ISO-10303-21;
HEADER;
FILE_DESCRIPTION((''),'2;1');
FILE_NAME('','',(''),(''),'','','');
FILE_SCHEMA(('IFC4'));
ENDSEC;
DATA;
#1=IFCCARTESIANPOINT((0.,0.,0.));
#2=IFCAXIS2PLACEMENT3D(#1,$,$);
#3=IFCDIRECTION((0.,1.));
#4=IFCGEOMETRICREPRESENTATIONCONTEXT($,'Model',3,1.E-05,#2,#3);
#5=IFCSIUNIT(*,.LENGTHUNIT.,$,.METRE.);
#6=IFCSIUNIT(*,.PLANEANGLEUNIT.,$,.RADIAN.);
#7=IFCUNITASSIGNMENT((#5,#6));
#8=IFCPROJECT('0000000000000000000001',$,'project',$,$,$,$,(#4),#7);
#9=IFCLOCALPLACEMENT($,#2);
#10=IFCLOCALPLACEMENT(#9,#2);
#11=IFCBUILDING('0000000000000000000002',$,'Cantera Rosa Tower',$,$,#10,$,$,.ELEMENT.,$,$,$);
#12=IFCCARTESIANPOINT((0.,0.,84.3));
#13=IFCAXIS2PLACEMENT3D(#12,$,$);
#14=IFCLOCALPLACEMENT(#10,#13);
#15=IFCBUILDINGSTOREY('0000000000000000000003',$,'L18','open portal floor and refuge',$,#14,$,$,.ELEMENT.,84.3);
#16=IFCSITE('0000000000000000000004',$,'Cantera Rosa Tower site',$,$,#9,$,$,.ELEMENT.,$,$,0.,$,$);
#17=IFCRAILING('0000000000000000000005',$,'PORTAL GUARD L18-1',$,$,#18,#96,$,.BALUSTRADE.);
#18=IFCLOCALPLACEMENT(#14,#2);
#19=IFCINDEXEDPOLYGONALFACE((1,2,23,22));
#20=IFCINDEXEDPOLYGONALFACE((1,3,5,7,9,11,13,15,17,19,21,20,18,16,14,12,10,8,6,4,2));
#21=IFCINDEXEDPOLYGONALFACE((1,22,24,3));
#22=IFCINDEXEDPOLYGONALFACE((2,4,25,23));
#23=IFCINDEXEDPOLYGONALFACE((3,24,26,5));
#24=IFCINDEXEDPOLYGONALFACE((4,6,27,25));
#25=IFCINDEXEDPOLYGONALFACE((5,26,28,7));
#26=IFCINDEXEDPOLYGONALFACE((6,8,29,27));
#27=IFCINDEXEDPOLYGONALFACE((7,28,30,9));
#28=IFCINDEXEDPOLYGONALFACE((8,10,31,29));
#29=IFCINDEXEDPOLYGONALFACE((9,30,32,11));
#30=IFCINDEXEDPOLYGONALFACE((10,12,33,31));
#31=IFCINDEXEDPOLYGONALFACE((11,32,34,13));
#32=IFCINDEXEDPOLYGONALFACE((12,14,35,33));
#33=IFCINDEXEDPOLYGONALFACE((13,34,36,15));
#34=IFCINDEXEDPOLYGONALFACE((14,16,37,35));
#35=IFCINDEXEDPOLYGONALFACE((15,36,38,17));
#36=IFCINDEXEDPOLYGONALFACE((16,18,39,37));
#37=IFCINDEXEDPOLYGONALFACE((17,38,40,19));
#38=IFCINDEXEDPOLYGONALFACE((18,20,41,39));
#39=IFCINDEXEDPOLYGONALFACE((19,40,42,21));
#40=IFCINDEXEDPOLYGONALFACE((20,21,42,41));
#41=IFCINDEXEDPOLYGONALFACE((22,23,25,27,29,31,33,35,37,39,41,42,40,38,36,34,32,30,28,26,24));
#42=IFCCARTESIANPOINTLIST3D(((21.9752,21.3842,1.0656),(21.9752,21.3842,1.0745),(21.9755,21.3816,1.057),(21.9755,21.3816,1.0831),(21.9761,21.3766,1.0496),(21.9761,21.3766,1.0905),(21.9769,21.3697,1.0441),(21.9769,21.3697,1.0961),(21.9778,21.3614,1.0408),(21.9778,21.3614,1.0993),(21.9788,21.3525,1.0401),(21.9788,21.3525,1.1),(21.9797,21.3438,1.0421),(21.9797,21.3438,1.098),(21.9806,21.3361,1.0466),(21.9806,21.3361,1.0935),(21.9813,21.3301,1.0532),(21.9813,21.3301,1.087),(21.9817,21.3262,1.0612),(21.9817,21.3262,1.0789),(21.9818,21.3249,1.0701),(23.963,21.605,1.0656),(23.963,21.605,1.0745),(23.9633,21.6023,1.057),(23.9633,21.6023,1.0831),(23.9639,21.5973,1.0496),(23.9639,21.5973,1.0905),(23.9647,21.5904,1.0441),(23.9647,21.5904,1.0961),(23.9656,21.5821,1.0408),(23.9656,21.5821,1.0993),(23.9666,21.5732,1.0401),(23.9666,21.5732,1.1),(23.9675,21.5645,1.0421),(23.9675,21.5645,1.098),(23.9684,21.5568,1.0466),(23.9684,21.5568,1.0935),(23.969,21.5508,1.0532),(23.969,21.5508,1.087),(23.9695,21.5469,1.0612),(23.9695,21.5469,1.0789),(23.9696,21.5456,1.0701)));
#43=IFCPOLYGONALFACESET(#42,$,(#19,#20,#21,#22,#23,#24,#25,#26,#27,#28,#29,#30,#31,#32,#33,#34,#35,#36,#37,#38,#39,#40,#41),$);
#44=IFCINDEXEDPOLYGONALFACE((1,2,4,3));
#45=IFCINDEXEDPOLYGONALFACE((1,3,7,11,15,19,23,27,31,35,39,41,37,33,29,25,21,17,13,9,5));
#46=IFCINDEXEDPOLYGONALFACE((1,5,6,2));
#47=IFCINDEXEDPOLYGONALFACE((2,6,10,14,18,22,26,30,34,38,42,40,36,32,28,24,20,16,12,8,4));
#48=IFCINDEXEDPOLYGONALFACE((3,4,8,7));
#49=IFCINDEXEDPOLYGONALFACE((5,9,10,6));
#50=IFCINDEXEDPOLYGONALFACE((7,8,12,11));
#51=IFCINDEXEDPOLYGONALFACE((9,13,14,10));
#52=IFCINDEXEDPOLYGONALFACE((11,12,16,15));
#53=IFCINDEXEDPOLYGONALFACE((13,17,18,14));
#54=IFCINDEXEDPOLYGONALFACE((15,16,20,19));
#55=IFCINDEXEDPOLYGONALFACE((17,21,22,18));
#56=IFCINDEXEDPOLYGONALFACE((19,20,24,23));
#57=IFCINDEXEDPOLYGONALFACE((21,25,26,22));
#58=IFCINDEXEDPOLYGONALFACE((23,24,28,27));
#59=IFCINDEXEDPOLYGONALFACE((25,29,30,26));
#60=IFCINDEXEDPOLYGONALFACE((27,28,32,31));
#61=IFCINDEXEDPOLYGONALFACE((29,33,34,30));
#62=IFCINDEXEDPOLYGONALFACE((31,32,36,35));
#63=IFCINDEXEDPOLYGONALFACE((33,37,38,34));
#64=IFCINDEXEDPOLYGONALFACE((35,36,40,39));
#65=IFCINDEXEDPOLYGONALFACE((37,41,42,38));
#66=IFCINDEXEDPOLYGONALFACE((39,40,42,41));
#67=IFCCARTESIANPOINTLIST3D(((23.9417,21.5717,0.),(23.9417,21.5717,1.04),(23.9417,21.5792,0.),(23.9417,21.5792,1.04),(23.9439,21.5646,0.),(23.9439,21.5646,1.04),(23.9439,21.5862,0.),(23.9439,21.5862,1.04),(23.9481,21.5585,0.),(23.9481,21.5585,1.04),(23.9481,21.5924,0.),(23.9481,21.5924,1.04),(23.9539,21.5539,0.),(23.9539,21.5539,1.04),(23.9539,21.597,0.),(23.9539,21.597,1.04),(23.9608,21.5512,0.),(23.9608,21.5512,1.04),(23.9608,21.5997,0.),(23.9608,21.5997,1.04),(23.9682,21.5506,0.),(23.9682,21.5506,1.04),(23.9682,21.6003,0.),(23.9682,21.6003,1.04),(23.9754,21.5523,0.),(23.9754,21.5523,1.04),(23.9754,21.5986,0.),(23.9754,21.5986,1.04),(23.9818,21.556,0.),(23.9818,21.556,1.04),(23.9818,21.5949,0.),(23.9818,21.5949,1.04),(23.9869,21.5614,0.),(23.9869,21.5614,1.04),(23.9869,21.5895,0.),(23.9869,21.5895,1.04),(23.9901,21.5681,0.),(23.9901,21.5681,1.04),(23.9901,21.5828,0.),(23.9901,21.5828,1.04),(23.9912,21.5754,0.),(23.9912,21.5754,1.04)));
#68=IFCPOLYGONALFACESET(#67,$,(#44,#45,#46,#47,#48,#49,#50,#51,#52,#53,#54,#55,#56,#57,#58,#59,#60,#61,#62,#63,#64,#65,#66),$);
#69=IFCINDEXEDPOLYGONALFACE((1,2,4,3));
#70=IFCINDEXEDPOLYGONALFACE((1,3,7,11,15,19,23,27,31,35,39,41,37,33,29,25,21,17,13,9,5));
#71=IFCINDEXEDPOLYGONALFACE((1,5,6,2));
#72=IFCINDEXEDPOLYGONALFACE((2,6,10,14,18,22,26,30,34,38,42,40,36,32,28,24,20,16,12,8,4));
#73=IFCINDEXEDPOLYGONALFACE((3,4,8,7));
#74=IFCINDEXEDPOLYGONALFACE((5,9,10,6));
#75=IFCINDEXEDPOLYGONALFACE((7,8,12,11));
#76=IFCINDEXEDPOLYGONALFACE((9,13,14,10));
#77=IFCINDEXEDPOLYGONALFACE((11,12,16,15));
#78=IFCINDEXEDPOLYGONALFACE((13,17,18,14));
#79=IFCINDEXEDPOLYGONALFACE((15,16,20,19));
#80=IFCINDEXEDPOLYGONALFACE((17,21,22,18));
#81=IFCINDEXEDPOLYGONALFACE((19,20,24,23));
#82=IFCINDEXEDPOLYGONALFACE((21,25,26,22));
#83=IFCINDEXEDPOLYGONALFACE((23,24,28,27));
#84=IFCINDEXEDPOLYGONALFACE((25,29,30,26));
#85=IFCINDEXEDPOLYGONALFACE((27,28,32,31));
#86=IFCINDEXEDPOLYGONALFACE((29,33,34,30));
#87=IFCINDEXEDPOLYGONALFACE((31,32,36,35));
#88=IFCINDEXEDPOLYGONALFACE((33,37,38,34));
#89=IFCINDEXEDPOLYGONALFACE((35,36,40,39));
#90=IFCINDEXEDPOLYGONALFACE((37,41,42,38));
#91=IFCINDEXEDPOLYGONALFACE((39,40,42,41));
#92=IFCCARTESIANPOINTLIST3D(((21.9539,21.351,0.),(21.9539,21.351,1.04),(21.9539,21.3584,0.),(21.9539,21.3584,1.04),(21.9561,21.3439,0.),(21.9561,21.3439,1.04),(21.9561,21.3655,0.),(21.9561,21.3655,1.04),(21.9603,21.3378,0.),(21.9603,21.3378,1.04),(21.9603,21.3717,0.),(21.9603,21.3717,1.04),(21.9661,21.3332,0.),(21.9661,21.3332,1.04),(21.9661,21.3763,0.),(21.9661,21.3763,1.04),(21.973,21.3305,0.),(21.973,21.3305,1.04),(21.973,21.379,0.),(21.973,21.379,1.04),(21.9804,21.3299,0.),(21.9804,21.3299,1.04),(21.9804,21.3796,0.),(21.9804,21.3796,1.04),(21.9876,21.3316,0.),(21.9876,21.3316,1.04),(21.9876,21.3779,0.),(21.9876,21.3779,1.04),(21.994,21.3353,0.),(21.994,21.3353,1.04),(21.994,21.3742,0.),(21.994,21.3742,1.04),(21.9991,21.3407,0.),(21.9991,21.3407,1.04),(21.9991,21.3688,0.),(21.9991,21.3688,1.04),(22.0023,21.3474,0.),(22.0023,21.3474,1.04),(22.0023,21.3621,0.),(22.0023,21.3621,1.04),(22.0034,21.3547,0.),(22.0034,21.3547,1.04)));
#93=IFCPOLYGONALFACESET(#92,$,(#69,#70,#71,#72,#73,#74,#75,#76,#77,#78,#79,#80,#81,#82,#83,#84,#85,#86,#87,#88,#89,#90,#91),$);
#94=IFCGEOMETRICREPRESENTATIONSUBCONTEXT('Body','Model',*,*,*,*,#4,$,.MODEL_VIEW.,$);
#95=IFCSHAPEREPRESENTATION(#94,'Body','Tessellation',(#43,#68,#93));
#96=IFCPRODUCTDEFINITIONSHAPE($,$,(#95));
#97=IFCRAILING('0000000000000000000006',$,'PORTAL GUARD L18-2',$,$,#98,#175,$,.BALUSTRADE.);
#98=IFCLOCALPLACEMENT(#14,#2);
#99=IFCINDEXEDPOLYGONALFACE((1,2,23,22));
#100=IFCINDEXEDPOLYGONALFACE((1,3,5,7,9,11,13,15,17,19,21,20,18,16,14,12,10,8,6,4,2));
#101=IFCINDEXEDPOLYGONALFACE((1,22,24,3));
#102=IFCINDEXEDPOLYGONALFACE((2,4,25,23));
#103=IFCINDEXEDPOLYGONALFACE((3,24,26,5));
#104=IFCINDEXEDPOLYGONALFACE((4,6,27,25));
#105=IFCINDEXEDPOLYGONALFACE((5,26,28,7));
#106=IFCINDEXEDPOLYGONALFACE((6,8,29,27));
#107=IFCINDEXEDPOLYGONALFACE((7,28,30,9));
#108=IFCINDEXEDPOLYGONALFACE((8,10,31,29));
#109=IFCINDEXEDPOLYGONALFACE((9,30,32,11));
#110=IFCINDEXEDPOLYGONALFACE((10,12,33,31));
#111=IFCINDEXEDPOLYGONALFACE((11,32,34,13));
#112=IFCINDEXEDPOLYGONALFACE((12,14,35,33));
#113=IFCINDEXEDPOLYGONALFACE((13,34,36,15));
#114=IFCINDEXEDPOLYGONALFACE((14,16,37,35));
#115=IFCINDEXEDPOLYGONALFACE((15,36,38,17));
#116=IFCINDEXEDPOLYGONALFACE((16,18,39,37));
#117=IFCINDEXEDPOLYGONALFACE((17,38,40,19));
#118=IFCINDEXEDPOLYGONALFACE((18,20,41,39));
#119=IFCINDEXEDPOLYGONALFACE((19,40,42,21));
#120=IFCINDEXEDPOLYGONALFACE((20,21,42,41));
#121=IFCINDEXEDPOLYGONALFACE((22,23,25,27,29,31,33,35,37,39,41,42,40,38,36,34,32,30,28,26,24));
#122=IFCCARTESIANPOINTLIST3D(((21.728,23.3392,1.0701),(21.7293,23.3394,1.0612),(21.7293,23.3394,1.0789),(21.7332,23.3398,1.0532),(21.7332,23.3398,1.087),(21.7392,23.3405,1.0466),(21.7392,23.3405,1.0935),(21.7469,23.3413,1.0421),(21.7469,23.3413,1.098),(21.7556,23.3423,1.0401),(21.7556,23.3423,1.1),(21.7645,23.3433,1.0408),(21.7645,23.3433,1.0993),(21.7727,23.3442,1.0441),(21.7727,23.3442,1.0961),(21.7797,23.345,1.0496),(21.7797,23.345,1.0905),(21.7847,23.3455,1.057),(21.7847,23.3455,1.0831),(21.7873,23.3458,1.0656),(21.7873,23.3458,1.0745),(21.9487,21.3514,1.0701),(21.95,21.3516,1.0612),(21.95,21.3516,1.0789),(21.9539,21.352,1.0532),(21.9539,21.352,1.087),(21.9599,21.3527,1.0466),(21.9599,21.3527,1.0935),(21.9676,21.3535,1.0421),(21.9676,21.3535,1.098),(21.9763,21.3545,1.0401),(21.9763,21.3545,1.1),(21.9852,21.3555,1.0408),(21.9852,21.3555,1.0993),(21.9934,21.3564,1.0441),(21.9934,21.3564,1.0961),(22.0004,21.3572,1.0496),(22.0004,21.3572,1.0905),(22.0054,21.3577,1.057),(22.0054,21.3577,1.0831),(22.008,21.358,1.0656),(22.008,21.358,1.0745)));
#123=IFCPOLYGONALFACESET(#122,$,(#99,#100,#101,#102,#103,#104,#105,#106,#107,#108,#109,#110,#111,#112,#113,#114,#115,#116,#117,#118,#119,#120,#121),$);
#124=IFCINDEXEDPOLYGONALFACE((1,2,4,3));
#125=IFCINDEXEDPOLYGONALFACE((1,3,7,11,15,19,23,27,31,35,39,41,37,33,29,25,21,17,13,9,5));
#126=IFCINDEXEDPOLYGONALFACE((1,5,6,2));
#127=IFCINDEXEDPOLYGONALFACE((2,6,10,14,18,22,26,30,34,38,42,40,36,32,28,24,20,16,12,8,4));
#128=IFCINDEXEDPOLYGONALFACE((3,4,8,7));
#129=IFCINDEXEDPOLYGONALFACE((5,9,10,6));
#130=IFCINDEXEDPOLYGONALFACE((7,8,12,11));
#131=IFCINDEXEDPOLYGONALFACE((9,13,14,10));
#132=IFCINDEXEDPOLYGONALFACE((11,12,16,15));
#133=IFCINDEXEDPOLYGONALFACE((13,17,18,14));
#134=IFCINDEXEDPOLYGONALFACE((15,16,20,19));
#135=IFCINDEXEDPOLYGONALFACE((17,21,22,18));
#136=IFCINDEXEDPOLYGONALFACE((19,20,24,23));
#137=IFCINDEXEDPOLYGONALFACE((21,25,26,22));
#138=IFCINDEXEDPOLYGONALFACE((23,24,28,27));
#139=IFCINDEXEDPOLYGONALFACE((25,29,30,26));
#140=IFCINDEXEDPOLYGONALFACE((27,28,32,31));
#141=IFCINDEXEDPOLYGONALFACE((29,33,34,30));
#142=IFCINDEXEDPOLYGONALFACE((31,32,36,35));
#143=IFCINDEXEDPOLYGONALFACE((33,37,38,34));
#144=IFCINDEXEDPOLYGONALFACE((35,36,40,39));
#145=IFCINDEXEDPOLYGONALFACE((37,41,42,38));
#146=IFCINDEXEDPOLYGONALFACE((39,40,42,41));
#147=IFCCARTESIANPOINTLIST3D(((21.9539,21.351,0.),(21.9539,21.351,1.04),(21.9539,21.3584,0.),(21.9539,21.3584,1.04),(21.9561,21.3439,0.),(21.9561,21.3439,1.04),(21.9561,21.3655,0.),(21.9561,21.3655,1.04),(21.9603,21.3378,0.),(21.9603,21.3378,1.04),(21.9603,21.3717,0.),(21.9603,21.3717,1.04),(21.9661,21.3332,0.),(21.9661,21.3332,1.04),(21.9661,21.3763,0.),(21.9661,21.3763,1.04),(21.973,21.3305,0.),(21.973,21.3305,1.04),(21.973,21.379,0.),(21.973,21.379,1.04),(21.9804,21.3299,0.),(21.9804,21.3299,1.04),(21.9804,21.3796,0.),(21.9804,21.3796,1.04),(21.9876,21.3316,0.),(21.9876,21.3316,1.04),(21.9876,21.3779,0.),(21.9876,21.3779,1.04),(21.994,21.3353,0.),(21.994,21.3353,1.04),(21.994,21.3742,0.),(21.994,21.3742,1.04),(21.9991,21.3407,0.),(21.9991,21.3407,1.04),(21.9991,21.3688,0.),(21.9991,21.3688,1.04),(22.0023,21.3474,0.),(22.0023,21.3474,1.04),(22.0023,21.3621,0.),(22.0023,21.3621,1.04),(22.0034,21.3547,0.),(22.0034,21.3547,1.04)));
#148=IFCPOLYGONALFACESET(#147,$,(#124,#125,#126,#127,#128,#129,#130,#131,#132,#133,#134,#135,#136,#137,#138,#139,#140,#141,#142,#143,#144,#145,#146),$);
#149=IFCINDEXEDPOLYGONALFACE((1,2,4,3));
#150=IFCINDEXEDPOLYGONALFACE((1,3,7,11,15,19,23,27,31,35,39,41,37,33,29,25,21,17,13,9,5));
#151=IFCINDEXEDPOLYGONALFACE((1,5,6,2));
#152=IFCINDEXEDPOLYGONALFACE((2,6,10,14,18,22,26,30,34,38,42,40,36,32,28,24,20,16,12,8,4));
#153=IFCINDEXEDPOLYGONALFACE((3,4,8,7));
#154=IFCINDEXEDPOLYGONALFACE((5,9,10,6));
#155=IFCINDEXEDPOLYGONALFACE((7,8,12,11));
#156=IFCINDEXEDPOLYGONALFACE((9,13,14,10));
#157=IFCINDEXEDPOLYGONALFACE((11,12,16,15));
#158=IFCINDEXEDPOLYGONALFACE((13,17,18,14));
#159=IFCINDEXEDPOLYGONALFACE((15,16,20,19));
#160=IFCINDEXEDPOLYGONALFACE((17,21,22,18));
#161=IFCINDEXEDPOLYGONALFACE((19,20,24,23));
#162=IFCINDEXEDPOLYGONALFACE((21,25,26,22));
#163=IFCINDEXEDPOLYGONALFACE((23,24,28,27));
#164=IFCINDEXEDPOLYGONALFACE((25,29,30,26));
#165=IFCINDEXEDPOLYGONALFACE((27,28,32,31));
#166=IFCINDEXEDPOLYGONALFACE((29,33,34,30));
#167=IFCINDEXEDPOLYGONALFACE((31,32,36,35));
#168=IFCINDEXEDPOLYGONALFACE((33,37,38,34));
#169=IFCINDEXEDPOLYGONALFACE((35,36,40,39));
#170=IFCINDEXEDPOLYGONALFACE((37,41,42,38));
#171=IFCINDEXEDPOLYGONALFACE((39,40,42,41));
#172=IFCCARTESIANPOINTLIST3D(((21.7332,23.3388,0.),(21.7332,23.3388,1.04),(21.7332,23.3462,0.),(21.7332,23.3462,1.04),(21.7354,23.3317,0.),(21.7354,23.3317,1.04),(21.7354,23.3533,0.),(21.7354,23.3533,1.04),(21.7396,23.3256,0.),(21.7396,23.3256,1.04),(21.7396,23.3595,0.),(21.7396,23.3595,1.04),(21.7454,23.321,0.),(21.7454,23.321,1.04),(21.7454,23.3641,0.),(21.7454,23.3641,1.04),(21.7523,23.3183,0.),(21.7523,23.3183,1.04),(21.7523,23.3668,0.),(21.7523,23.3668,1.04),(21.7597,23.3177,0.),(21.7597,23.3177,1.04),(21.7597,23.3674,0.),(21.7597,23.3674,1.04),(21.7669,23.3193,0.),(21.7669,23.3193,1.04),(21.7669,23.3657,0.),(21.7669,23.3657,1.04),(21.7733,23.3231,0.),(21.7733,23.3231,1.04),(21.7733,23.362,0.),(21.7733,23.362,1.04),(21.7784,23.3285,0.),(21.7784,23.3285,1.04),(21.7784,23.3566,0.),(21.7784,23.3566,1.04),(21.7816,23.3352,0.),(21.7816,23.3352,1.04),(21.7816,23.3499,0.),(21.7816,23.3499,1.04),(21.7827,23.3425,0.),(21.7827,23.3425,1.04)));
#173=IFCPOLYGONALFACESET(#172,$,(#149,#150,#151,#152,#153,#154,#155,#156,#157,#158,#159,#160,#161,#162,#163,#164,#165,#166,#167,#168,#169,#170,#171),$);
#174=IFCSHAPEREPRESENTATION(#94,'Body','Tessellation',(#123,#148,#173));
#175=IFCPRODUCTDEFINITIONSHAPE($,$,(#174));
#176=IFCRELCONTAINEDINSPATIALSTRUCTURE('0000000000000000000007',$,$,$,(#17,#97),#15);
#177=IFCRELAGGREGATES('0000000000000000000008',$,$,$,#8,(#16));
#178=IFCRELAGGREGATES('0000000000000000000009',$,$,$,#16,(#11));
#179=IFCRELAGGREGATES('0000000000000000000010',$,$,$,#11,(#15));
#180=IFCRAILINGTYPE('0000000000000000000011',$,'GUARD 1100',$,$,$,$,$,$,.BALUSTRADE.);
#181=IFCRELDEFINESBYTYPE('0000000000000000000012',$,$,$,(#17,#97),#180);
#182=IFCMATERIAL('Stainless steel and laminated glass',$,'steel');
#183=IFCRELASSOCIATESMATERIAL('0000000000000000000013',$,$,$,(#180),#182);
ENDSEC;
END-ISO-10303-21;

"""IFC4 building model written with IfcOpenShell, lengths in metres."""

from ifc_helpers import new_model, si_unit, direction, frame, origin, origin_2d, place, context, subcontext, project, spatial, circle, extrude, material, type_object, element, save


model = new_model("IFC4")

# Units and contexts
model_context = context("Model", 3, precision=1e-05, world=origin(), true_north=direction((0.0, 1.0)))
body_context = subcontext(model_context, "Body", "Model", "MODEL_VIEW")
ifc_project = project(units=[si_unit("LENGTHUNIT", "METRE"), si_unit("PLANEANGLEUNIT", "RADIAN")], contexts=[model_context])

# Site, building, storey
site_placement = place(None, origin())
site = spatial("IfcSite", under=ifc_project, at=site_placement, Name="Cantera Rosa Tower site", CompositionType="ELEMENT", RefElevation=0.0)
building_placement = place(site_placement, origin())
building = spatial("IfcBuilding", under=site, at=building_placement, Name="Cantera Rosa Tower", CompositionType="ELEMENT")
storey_placement = place(building_placement, frame((0.0, 0.0, 84.3)))
storey = spatial("IfcBuildingStorey", under=building, at=storey_placement, Name="L18", Description="open portal floor and refuge", CompositionType="ELEMENT", Elevation=84.3)

# Railings
ifc_material_1 = material(Name="Stainless steel and laminated glass", Category="steel")
railing_type_1 = type_object("IfcRailingType", Name="GUARD 1100", PredefinedType="BALUSTRADE", material=ifc_material_1)
railing_1_placement = place(storey_placement, frame((23.9663, 21.5754, 0.0)))
element("IfcRailing", 1, at=railing_1_placement, inside=storey, type_object=railing_type_1, Name="PORTAL GUARD L18-1", PredefinedType="BALUSTRADE", context=body_context, shape_type="SweptSolid", body=[
    extrude(circle(Radius=0.03, at=origin_2d()), frame((0.0, 0.0, 1.0701), z_axis=(-0.993893, -0.110351, 0.0), x_axis=(0.110351, -0.993893, 0.0)), (0.0, 0.0, 1.0), 2.0),
    extrude(circle(Radius=0.0249, at=origin_2d()), origin(), (0.0, 0.0, 1.0), 1.04),
    extrude(circle(Radius=0.0249, at=origin_2d()), frame((-1.9878, -0.2207, 0.0)), (0.0, 0.0, 1.0), 1.04),
])
railing_2_placement = place(storey_placement, frame((21.9785, 21.3547, 0.0)))
element("IfcRailing", 2, at=railing_2_placement, inside=storey, type_object=railing_type_1, Name="PORTAL GUARD L18-2", PredefinedType="BALUSTRADE", context=body_context, shape_type="SweptSolid", body=[
    extrude(circle(Radius=0.03, at=origin_2d()), frame((0.0, 0.0, 1.0701), z_axis=(-0.110351, 0.993893, 0.0), x_axis=(-0.993893, -0.110351, 0.0)), (0.0, 0.0, 1.0), 2.0),
    extrude(circle(Radius=0.0249, at=origin_2d()), origin(), (0.0, 0.0, 1.0), 1.04),
    extrude(circle(Radius=0.0249, at=origin_2d()), frame((-0.2207, 1.9878, 0.0)), (0.0, 0.0, 1.0), 1.04),
])

save(model, "model.ifc")
